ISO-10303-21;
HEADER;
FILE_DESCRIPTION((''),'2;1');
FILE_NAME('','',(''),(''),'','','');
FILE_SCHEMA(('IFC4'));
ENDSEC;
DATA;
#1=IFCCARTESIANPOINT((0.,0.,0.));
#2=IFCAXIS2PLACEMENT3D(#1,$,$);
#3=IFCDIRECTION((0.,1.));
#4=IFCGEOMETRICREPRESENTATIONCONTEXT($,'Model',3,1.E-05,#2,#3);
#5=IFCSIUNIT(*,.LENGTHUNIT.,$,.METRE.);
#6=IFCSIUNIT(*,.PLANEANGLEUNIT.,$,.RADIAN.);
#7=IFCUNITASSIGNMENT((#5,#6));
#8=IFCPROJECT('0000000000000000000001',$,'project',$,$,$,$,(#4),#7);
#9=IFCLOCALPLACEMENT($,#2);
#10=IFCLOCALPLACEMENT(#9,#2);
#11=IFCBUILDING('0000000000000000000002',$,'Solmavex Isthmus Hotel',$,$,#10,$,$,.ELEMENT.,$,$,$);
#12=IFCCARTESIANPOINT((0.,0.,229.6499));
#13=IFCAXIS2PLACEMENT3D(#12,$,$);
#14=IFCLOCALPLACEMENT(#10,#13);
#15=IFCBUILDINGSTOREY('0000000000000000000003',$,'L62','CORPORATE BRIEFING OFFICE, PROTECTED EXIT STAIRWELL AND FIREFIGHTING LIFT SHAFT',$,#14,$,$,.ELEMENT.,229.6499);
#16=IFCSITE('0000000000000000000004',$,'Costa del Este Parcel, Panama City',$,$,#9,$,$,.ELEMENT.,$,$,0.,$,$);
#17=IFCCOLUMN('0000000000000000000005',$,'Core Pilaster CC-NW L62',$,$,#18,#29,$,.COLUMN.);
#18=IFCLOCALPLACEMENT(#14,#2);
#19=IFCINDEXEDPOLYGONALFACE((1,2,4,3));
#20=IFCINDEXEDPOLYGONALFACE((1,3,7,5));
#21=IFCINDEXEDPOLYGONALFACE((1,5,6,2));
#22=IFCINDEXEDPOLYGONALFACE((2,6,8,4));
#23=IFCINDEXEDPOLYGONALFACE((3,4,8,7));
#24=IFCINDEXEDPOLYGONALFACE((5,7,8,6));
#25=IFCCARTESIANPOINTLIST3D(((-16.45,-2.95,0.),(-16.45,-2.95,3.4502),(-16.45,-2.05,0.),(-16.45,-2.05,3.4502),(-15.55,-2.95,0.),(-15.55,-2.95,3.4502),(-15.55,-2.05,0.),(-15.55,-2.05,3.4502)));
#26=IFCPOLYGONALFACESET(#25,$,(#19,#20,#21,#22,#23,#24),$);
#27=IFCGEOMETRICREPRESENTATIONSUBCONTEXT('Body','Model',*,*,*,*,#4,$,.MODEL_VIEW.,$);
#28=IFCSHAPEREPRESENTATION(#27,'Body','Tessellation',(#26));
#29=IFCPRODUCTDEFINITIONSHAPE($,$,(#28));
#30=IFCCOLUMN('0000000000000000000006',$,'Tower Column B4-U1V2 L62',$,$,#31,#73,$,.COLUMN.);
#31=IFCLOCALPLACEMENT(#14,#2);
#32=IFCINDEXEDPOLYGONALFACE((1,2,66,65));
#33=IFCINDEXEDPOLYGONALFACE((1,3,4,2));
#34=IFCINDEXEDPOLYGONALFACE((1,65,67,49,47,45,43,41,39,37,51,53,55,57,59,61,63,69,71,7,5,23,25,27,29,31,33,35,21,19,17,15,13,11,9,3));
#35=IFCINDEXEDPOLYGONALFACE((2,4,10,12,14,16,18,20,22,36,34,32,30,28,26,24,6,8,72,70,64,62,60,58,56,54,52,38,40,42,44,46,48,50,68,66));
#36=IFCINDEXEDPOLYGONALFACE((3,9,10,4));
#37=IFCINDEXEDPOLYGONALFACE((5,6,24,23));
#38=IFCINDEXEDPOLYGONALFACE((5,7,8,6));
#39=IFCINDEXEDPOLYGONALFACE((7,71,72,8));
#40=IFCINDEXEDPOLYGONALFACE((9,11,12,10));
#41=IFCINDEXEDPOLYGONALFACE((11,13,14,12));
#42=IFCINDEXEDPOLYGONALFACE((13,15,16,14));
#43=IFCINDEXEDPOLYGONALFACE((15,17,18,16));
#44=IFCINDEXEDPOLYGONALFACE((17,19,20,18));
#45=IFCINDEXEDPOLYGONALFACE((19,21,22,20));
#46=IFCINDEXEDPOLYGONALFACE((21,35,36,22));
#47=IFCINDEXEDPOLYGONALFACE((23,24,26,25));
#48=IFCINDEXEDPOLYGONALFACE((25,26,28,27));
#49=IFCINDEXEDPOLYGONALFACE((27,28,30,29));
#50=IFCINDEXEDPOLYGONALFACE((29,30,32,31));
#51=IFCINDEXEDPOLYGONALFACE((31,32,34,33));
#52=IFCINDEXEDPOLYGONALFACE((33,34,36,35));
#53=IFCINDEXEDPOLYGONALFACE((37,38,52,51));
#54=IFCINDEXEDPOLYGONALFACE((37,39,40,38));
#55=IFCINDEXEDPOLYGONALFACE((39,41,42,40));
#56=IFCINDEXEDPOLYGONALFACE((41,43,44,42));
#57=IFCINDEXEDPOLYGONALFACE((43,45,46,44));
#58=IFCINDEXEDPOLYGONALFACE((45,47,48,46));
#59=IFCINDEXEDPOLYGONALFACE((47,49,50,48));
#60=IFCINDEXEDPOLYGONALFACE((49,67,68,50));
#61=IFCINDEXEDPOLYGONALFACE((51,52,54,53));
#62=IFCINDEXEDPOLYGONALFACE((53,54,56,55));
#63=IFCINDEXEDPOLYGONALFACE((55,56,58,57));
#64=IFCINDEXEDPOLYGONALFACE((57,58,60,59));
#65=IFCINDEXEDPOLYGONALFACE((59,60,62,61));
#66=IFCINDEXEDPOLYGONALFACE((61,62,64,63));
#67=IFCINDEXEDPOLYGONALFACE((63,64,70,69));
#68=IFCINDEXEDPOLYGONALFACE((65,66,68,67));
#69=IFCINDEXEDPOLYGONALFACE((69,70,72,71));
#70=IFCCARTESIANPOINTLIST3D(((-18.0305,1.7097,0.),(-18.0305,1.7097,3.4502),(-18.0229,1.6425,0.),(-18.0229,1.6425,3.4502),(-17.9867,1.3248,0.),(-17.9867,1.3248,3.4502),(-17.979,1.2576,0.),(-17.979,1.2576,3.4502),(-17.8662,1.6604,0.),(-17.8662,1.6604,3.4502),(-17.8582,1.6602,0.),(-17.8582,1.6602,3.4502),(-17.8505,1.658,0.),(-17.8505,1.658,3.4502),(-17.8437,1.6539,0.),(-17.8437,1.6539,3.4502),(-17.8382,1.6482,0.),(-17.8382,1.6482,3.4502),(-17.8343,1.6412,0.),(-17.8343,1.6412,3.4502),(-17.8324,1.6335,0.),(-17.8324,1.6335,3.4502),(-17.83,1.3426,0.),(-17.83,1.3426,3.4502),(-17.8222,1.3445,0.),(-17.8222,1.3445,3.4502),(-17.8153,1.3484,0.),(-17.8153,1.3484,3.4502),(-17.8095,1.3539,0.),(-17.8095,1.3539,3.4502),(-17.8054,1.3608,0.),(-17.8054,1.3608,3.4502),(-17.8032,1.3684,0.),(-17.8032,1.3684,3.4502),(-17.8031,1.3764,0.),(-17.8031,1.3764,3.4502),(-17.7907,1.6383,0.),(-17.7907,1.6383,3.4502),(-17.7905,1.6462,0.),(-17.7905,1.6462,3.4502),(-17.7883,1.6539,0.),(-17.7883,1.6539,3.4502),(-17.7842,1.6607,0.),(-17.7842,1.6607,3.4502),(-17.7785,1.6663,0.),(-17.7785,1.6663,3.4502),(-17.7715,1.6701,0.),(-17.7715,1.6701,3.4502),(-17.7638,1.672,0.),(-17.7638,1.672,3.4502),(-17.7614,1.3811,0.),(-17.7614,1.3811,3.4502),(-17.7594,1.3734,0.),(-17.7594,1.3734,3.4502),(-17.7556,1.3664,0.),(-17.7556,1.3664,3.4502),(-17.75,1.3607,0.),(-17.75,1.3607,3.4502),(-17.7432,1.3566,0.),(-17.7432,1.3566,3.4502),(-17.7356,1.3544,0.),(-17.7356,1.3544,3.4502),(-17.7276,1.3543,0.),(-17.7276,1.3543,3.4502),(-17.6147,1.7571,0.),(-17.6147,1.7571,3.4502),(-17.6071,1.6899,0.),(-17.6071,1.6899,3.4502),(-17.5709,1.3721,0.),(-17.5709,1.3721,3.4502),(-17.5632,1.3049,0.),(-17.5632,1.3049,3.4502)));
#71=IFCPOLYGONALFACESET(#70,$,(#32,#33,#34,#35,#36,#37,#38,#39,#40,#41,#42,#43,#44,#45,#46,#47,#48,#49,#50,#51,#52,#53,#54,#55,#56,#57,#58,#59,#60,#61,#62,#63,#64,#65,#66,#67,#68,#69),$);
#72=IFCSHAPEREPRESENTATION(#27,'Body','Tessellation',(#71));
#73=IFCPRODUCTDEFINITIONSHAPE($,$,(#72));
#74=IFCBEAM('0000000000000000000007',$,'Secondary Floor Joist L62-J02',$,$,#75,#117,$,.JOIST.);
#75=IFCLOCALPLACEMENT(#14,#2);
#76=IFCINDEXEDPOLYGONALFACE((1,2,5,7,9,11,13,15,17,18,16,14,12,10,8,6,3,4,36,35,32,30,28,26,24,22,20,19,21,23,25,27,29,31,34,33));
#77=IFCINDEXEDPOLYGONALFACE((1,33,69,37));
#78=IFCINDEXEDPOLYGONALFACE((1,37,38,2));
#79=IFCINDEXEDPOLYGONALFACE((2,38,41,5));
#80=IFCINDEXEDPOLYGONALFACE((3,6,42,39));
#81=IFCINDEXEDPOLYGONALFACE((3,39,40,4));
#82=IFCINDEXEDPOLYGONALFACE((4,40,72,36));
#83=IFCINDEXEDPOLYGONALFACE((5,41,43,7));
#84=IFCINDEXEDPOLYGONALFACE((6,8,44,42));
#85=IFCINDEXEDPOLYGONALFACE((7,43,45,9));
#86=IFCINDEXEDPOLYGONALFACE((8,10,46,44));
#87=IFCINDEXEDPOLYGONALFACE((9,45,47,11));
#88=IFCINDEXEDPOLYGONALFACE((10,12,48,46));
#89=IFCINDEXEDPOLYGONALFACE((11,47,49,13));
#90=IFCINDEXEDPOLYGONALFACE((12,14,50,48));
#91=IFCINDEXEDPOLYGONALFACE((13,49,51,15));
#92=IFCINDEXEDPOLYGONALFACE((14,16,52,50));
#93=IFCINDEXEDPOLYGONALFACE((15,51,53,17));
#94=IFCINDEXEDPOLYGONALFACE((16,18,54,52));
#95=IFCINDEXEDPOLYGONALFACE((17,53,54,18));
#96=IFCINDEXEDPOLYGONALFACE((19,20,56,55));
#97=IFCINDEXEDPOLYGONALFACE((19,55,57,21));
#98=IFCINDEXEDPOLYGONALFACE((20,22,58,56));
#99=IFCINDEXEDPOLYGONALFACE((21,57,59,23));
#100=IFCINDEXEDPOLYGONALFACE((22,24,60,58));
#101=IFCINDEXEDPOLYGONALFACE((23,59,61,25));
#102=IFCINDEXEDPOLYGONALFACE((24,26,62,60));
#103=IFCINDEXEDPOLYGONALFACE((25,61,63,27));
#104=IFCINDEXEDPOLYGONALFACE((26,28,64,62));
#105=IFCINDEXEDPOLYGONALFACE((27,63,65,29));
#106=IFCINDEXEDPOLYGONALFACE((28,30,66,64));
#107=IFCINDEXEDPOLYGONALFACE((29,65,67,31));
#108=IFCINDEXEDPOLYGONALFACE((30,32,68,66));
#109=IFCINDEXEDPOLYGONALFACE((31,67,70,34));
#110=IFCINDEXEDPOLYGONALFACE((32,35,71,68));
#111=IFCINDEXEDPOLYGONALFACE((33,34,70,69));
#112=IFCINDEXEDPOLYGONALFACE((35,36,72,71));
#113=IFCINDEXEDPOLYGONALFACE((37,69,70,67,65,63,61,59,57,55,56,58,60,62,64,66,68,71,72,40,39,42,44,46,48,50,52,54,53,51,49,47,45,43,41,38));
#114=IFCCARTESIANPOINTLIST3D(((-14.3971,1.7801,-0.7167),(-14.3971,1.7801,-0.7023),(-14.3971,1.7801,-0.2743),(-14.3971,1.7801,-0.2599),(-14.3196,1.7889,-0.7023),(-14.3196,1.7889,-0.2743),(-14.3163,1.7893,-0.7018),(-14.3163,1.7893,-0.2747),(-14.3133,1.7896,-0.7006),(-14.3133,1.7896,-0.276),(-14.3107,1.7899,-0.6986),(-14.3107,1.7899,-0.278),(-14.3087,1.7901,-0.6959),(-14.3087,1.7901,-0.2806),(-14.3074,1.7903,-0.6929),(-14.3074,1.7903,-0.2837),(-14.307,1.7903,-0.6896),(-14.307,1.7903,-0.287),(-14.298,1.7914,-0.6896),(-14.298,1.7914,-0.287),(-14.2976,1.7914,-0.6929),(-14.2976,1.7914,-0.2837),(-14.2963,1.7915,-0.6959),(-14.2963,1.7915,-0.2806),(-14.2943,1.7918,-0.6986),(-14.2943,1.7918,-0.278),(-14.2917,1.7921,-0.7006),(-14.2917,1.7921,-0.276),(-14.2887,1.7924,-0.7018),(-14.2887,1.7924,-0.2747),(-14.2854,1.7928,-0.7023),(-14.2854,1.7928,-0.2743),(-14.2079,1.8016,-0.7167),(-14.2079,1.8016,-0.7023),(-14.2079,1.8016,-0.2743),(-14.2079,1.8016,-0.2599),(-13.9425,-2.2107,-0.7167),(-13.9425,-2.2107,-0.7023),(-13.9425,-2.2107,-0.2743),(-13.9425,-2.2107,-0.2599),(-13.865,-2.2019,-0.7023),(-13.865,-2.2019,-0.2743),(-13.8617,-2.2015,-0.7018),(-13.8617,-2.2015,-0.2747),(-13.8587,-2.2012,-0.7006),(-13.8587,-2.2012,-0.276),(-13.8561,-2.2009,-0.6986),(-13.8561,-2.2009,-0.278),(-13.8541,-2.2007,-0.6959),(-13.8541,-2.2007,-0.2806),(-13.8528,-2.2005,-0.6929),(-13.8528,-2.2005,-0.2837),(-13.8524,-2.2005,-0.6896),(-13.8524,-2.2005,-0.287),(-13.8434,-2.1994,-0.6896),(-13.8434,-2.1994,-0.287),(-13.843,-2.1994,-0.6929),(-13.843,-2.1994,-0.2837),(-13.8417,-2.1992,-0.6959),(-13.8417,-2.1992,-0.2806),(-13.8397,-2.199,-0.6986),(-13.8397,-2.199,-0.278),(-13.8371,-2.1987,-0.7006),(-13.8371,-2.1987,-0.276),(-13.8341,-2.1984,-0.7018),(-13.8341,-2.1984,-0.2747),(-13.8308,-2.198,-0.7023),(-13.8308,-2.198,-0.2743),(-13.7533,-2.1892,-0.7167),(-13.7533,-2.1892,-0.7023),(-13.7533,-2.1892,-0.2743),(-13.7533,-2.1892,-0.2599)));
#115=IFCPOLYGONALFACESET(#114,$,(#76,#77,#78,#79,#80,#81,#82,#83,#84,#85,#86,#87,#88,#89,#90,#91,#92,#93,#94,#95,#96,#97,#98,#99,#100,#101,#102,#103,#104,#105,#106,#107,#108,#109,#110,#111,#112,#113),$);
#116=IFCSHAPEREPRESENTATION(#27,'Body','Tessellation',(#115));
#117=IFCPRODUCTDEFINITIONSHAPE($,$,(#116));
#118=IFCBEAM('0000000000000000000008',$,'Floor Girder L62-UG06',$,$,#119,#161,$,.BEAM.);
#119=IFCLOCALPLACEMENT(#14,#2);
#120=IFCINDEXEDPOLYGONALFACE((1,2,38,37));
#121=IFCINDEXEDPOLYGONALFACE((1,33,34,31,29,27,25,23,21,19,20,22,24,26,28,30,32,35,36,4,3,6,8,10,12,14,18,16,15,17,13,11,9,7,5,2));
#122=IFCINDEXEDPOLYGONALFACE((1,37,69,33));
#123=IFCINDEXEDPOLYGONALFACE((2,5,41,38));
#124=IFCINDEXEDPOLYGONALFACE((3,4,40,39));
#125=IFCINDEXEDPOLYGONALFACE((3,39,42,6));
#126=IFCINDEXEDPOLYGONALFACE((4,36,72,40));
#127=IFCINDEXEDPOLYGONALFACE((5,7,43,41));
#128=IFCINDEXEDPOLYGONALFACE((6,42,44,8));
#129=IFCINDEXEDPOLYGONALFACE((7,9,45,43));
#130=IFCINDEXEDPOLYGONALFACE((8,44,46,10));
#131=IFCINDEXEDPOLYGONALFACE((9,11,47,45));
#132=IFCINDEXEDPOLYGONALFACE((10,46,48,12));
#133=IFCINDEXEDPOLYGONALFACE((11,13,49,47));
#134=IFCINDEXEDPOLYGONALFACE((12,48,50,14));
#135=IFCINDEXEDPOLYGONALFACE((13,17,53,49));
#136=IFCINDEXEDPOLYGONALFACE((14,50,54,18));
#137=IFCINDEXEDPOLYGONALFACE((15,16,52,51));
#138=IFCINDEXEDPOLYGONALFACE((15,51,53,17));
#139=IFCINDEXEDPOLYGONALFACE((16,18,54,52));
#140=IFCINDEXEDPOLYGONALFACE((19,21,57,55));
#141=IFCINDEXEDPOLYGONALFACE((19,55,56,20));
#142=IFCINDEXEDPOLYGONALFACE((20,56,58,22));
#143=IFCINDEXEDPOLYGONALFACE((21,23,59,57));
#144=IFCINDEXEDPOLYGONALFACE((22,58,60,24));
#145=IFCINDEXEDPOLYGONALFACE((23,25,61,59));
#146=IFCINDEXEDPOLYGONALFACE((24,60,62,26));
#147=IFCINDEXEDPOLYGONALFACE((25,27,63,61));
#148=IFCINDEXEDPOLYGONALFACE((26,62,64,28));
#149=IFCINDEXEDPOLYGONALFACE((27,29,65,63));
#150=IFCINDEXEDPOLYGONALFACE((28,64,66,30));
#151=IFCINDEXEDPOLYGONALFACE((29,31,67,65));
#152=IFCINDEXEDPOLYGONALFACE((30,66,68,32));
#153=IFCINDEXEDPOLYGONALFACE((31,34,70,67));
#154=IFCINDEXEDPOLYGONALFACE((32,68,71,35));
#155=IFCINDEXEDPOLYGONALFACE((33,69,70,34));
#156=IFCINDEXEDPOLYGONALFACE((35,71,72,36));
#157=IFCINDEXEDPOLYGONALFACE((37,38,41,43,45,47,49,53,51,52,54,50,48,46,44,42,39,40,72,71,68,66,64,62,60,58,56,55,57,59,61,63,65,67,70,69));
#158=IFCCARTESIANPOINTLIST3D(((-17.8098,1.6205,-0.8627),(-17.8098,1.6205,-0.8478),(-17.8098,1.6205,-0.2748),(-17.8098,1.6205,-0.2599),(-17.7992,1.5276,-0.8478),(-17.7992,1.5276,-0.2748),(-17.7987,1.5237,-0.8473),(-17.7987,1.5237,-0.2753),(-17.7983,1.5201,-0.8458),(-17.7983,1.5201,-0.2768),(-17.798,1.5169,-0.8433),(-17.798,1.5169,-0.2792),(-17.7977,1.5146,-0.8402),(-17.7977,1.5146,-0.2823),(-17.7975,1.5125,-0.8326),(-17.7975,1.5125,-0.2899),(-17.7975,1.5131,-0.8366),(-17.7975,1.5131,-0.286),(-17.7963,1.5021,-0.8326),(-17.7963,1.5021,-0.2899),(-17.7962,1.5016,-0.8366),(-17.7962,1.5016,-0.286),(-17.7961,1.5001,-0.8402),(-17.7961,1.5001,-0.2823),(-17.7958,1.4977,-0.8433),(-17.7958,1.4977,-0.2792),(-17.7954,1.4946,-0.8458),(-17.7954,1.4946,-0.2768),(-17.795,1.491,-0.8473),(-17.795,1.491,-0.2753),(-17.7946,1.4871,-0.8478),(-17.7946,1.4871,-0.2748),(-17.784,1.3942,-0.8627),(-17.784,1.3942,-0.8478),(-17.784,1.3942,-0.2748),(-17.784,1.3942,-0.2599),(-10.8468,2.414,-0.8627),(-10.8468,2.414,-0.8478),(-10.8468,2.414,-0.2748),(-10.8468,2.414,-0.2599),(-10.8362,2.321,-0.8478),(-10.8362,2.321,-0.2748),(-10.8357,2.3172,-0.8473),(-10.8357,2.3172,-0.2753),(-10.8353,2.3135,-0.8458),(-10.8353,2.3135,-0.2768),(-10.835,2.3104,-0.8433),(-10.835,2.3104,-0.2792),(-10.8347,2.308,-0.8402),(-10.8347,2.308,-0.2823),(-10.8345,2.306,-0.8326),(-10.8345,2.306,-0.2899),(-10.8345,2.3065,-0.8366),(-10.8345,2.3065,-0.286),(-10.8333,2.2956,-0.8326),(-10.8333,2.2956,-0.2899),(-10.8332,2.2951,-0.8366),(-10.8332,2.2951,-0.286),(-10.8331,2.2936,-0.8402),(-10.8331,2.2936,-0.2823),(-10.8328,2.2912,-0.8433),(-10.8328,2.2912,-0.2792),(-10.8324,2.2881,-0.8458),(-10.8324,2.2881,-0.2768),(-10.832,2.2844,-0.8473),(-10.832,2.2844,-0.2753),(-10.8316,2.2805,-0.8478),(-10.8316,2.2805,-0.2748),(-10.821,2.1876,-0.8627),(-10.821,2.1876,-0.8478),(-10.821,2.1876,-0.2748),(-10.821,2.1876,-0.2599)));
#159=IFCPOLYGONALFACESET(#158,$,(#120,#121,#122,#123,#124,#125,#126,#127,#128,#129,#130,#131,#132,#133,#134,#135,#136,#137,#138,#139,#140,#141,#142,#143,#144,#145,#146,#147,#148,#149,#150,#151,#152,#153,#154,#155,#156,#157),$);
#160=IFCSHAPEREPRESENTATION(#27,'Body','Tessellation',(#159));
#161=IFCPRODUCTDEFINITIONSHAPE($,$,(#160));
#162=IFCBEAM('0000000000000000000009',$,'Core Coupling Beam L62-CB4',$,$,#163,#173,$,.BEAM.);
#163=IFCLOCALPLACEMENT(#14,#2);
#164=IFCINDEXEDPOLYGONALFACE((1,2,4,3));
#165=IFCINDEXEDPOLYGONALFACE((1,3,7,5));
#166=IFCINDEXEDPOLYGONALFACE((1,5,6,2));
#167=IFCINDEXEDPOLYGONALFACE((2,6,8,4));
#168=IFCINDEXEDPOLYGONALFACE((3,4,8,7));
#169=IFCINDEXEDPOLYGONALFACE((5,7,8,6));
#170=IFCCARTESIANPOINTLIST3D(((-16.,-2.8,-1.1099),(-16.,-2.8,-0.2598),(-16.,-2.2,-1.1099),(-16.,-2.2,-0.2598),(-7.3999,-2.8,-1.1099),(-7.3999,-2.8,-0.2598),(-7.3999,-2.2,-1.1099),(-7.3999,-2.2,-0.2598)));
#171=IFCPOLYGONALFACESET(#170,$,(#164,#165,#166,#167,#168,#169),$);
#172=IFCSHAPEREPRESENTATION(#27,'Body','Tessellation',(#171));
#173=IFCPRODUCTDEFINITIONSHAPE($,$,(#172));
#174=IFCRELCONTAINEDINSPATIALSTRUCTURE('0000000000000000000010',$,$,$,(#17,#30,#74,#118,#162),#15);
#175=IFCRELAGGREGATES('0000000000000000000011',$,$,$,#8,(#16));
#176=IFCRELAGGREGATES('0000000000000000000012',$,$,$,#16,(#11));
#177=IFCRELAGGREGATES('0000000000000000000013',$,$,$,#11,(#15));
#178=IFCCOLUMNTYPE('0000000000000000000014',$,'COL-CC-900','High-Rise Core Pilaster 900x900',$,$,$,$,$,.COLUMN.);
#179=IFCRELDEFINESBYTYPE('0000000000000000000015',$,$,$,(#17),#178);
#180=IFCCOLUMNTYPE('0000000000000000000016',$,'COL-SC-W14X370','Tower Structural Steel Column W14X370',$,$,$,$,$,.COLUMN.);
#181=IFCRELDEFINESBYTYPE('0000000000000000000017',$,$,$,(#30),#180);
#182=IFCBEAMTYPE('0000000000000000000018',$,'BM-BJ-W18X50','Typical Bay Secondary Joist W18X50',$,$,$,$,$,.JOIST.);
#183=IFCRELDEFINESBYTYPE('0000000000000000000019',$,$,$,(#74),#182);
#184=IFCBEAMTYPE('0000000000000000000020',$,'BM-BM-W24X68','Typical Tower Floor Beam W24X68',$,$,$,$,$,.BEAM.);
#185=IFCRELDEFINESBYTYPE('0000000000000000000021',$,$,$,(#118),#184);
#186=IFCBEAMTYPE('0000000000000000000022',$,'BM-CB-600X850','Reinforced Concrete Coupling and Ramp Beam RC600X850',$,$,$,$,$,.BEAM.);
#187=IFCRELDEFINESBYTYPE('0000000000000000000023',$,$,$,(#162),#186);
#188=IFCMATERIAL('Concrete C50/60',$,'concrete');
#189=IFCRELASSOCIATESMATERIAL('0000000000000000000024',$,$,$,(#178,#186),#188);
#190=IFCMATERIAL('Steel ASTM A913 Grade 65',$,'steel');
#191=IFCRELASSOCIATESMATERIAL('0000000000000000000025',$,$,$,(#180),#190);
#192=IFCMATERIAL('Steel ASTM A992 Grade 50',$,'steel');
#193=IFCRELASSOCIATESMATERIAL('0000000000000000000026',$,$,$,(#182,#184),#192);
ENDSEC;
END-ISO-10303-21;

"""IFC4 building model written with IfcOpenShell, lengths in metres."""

from ifc_helpers import new_model, si_unit, direction, frame, origin, origin_2d, place, context, subcontext, project, spatial, rectangle, i_section, extrude, material, material_profile, profile_set, type_object, element, save


model = new_model("IFC4")

# Units and contexts
model_context = context("Model", 3, precision=1e-05, world=origin(), true_north=direction((0.0, 1.0)))
body_context = subcontext(model_context, "Body", "Model", "MODEL_VIEW")
ifc_project = project(units=[si_unit("LENGTHUNIT", "METRE"), si_unit("PLANEANGLEUNIT", "RADIAN")], contexts=[model_context])

# Site, building, storey
site_placement = place(None, origin())
site = spatial("IfcSite", under=ifc_project, at=site_placement, Name="Costa del Este Parcel, Panama City", CompositionType="ELEMENT", RefElevation=0.0)
building_placement = place(site_placement, origin())
building = spatial("IfcBuilding", under=site, at=building_placement, Name="Solmavex Isthmus Hotel", CompositionType="ELEMENT")
storey_placement = place(building_placement, frame((0.0, 0.0, 229.6499)))
storey = spatial("IfcBuildingStorey", under=building, at=storey_placement, Name="L62", Description="CORPORATE BRIEFING OFFICE, PROTECTED EXIT STAIRWELL AND FIREFIGHTING LIFT SHAFT", CompositionType="ELEMENT", Elevation=229.6499)

# Columns
ifc_material_1 = material(Name="Concrete C50/60", Category="concrete")
ifc_material_profile_1 = material_profile(ifc_material_1, rectangle(XDim=0.8999, YDim=0.8999, at=origin_2d()), Name="RC900X900")
ifc_profile_set_1 = profile_set([ifc_material_profile_1], Name="Concrete C50/60")
column_type_1 = type_object("IfcColumnType", Name="COL-CC-900", Description="High-Rise Core Pilaster 900x900", PredefinedType="COLUMN", material=ifc_profile_set_1)
column_1_placement = place(storey_placement, frame((-16.0, -2.5, 0.0), z_axis=(0.0, 0.0, 1.0), x_axis=(1.0, 0.0, 0.0)))
element("IfcColumn", 1, at=column_1_placement, inside=storey, type_object=column_type_1, Name="Core Pilaster CC-NW L62", PredefinedType="COLUMN", context=body_context, shape_type="SweptSolid", body=[
    extrude(rectangle(XDim=0.8999, YDim=0.8999, at=origin_2d()), origin(), (0.0, 0.0, 1.0), 3.4502),
])
ifc_material_2 = material(Name="Steel ASTM A913 Grade 65", Category="steel")
ifc_material_profile_2 = material_profile(ifc_material_2, i_section(OverallWidth=0.4185, OverallDepth=0.4551, WebThickness=0.042, FlangeThickness=0.0676, FilletRadius=0.0305, at=origin_2d()), Name="W14X370")
ifc_profile_set_2 = profile_set([ifc_material_profile_2], Name="Steel ASTM A913 Grade 65")
column_type_2 = type_object("IfcColumnType", Name="COL-SC-W14X370", Description="Tower Structural Steel Column W14X370", PredefinedType="COLUMN", material=ifc_profile_set_2)
column_2_placement = place(storey_placement, frame((-17.7969, 1.5073, 0.0), z_axis=(0.0, 0.0, 1.0), x_axis=(0.993572, 0.113203, 0.0)))
element("IfcColumn", 2, at=column_2_placement, inside=storey, type_object=column_type_2, Name="Tower Column B4-U1V2 L62", PredefinedType="COLUMN", context=body_context, shape_type="SweptSolid", body=[
    extrude(i_section(OverallWidth=0.4185, OverallDepth=0.4551, WebThickness=0.042, FlangeThickness=0.0676, FilletRadius=0.0305, at=origin_2d()), origin(), (0.0, 0.0, 1.0), 3.4502),
])

# Beams
ifc_material_3 = material(Name="Steel ASTM A992 Grade 50", Category="steel")
ifc_material_profile_3 = material_profile(ifc_material_3, i_section(OverallWidth=0.1904, OverallDepth=0.4568, WebThickness=0.009, FlangeThickness=0.0144, FilletRadius=0.0127, at=origin_2d()), Name="W18X50")
ifc_profile_set_3 = profile_set([ifc_material_profile_3], Name="Steel ASTM A992 Grade 50")
beam_type_1 = type_object("IfcBeamType", Name="BM-BJ-W18X50", Description="Typical Bay Secondary Joist W18X50", PredefinedType="JOIST", material=ifc_profile_set_3)
beam_1_placement = place(storey_placement, frame((-13.8479, -2.2, -0.4883), z_axis=(-0.11318, 0.993575, 0.0), x_axis=(-0.993575, -0.11318, 0.0)))
element("IfcBeam", 3, at=beam_1_placement, inside=storey, type_object=beam_type_1, Name="Secondary Floor Joist L62-J02", PredefinedType="JOIST", context=body_context, shape_type="SweptSolid", body=[
    extrude(i_section(OverallWidth=0.1904, OverallDepth=0.4568, WebThickness=0.009, FlangeThickness=0.0144, FilletRadius=0.0127, at=origin_2d()), origin(), (0.0, 0.0, 1.0), 4.0166),
])
ifc_material_profile_4 = material_profile(ifc_material_3, i_section(OverallWidth=0.2278, OverallDepth=0.6028, WebThickness=0.0105, FlangeThickness=0.0149, FilletRadius=0.0151, at=origin_2d()), Name="W24X68")
ifc_profile_set_4 = profile_set([ifc_material_profile_4], Name="Steel ASTM A992 Grade 50")
beam_type_2 = type_object("IfcBeamType", Name="BM-BM-W24X68", Description="Typical Tower Floor Beam W24X68", PredefinedType="BEAM", material=ifc_profile_set_4)
beam_2_placement = place(storey_placement, frame((-17.7969, 1.5073, -0.5613), z_axis=(0.99357, 0.113222, 0.0), x_axis=(-0.113222, 0.99357, 0.0)))
element("IfcBeam", 4, at=beam_2_placement, inside=storey, type_object=beam_type_2, Name="Floor Girder L62-UG06", PredefinedType="BEAM", context=body_context, shape_type="SweptSolid", body=[
    extrude(i_section(OverallWidth=0.2278, OverallDepth=0.6028, WebThickness=0.0105, FlangeThickness=0.0149, FilletRadius=0.0151, at=origin_2d()), origin(), (0.0, 0.0, 1.0), 7.0081),
])
ifc_material_profile_5 = material_profile(ifc_material_1, rectangle(XDim=0.6001, YDim=0.8501, at=origin_2d()), Name="RC600X850")
ifc_profile_set_5 = profile_set([ifc_material_profile_5], Name="Concrete C50/60")
beam_type_3 = type_object("IfcBeamType", Name="BM-CB-600X850", Description="Reinforced Concrete Coupling and Ramp Beam RC600X850", PredefinedType="BEAM", material=ifc_profile_set_5)
beam_3_placement = place(storey_placement, frame((-16.0, -2.5, -0.6848), z_axis=(1.0, 0.0, 0.0), x_axis=(0.0, 1.0, 0.0)))
element("IfcBeam", 5, at=beam_3_placement, inside=storey, type_object=beam_type_3, Name="Core Coupling Beam L62-CB4", PredefinedType="BEAM", context=body_context, shape_type="SweptSolid", body=[
    extrude(rectangle(XDim=0.6001, YDim=0.8501, at=origin_2d()), origin(), (0.0, 0.0, 1.0), 8.6001),
])

save(model, "model.ifc")
